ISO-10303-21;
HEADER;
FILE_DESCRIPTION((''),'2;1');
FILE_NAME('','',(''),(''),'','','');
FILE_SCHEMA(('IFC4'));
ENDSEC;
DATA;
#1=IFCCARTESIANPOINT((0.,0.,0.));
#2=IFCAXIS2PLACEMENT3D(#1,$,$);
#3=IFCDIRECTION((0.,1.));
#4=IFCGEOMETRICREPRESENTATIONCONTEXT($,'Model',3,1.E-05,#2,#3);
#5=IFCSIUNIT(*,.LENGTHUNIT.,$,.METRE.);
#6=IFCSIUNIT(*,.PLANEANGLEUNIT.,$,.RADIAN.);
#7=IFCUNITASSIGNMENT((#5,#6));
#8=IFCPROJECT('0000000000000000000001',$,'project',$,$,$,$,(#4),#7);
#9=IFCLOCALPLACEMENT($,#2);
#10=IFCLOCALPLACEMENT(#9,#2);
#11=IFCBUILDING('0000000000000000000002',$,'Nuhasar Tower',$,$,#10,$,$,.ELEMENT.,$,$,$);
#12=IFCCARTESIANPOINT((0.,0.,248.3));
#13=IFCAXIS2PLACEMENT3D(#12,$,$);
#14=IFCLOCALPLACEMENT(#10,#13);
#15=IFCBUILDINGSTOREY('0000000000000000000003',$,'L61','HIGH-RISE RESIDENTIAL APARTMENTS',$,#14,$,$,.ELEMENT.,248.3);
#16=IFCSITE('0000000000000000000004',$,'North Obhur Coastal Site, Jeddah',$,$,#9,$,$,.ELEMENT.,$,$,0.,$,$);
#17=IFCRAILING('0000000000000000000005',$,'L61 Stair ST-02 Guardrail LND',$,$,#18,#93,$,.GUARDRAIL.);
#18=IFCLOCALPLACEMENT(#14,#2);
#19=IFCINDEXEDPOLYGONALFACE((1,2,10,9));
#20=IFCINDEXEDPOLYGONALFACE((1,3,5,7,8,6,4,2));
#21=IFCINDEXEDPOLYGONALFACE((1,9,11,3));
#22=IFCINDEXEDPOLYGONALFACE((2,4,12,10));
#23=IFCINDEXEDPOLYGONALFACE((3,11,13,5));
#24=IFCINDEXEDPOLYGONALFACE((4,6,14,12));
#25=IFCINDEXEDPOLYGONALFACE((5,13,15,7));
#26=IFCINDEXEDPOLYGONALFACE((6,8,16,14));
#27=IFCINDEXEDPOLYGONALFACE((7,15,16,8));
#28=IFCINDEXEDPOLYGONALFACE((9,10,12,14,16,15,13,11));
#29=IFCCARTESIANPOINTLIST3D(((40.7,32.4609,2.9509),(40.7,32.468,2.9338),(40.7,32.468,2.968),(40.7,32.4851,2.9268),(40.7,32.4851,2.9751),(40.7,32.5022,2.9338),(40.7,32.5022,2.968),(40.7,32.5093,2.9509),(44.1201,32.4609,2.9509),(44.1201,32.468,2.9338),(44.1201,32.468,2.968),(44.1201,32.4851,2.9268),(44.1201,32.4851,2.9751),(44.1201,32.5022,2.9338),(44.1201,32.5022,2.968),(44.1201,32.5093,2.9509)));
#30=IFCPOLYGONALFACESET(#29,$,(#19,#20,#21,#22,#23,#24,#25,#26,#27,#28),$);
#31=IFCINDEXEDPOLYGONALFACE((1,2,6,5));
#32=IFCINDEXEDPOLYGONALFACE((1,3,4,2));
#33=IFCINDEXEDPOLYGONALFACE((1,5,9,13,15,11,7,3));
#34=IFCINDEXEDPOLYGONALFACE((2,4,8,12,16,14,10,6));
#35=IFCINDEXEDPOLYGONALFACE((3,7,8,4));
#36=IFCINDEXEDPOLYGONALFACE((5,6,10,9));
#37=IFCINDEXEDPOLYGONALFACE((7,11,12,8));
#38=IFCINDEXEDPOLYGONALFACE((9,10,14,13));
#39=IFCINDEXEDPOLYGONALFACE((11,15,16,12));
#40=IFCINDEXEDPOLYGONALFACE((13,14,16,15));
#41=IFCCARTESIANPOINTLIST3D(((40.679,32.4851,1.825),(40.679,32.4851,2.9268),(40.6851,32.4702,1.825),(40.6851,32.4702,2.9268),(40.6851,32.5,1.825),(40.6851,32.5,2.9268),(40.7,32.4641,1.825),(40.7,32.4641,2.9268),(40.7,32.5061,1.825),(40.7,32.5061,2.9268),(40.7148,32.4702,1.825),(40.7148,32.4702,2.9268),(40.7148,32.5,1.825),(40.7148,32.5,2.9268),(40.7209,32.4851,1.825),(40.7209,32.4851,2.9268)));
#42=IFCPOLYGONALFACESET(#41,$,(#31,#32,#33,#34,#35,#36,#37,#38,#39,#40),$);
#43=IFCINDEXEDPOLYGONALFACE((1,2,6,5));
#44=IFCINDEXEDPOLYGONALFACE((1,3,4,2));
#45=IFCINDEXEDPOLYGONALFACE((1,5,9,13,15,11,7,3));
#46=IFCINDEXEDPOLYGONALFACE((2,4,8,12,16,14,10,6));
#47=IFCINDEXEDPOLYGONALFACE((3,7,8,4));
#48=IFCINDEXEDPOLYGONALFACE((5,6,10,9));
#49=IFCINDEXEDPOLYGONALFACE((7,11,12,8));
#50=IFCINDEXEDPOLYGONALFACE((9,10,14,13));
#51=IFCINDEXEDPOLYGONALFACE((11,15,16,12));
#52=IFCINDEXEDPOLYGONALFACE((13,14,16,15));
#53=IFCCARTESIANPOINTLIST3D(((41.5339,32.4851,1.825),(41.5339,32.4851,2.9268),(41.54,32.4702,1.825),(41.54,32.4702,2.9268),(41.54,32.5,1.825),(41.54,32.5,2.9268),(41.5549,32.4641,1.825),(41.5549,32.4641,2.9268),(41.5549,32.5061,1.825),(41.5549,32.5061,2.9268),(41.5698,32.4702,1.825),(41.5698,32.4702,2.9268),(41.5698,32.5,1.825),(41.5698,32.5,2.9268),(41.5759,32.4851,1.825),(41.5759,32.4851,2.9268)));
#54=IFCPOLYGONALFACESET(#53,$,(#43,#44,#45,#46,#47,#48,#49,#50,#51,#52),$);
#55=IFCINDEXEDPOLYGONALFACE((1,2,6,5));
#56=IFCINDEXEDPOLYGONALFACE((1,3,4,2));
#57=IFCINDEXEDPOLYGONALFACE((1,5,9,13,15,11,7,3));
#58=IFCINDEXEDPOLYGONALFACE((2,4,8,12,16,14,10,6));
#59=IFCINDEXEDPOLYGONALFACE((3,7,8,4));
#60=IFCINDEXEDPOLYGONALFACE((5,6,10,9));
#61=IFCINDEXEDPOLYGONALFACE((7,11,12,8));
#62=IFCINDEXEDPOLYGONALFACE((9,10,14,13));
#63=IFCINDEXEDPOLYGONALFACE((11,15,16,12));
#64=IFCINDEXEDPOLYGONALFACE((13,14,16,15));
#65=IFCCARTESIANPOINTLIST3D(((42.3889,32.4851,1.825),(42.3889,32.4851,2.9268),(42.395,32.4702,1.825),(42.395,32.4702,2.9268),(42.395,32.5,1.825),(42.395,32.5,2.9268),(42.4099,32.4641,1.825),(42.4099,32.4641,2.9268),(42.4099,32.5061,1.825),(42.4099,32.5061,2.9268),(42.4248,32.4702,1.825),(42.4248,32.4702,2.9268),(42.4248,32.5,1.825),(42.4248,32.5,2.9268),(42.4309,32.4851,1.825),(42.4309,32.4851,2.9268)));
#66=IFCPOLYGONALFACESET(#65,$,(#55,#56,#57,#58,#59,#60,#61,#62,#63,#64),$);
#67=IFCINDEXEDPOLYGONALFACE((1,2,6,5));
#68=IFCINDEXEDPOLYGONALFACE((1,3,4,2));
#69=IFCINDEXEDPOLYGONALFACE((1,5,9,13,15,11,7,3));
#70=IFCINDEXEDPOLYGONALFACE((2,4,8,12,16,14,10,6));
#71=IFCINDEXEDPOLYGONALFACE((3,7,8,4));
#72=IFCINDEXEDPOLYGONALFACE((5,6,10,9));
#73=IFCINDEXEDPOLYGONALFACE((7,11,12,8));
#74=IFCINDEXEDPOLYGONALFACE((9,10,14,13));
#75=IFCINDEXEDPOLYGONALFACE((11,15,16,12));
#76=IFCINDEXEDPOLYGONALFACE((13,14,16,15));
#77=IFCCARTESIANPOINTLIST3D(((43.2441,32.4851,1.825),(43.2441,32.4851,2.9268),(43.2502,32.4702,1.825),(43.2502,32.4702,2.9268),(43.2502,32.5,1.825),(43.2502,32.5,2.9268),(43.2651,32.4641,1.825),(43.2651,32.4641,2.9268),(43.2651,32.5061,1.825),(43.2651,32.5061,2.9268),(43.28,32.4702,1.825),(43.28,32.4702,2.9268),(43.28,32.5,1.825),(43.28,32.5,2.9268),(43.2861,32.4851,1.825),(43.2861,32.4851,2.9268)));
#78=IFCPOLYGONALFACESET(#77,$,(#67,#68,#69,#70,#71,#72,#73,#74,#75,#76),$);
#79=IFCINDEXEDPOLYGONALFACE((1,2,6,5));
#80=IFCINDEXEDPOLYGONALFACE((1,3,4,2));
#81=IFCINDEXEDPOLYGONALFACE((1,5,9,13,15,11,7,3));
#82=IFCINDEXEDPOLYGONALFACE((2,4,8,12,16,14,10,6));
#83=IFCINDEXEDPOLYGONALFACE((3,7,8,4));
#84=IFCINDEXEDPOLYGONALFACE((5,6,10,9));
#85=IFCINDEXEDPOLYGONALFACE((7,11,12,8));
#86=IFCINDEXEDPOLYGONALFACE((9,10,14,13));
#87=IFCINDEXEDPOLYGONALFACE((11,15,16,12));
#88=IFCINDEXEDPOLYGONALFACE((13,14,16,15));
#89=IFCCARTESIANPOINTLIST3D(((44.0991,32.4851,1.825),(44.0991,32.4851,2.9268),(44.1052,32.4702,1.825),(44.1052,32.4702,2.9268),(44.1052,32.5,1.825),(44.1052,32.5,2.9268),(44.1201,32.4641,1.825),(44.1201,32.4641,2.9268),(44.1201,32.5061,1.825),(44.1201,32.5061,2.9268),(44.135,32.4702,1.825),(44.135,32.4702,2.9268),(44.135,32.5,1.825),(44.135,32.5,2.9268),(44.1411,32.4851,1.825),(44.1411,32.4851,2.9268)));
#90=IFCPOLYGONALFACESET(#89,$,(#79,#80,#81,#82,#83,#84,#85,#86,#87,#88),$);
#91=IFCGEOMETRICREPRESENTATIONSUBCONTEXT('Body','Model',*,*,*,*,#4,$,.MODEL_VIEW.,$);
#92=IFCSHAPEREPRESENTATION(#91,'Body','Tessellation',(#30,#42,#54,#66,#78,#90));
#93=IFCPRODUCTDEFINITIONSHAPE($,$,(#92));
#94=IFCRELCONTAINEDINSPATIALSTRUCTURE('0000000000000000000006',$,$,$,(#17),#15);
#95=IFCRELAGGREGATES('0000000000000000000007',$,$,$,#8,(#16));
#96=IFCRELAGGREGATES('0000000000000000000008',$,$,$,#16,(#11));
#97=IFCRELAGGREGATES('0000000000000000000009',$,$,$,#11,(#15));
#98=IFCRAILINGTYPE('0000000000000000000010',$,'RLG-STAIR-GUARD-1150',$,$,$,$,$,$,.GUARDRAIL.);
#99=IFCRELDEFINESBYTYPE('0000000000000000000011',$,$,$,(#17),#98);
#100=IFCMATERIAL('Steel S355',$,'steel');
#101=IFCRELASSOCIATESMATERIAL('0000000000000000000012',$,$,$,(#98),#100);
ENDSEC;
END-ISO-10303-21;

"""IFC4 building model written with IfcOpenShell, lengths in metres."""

from ifc_helpers import new_model, si_unit, direction, frame, origin, place, context, subcontext, project, spatial, polyline, outline, extrude, material, type_object, element, save


model = new_model("IFC4")

# Units and contexts
model_context = context("Model", 3, precision=1e-05, world=origin(), true_north=direction((0.0, 1.0)))
body_context = subcontext(model_context, "Body", "Model", "MODEL_VIEW")
ifc_project = project(units=[si_unit("LENGTHUNIT", "METRE"), si_unit("PLANEANGLEUNIT", "RADIAN")], contexts=[model_context])

# Site, building, storey
site_placement = place(None, origin())
site = spatial("IfcSite", under=ifc_project, at=site_placement, Name="North Obhur Coastal Site, Jeddah", CompositionType="ELEMENT", RefElevation=0.0)
building_placement = place(site_placement, origin())
building = spatial("IfcBuilding", under=site, at=building_placement, Name="Nuhasar Tower", CompositionType="ELEMENT")
storey_placement = place(building_placement, frame((0.0, 0.0, 248.3)))
storey = spatial("IfcBuildingStorey", under=building, at=storey_placement, Name="L61", Description="HIGH-RISE RESIDENTIAL APARTMENTS", CompositionType="ELEMENT", Elevation=248.3)

# Shared definitions
ifc_material_1 = material(Name="Steel S355", Category="steel")

# Railing
railing_type_1 = type_object("IfcRailingType", Name="RLG-STAIR-GUARD-1150", PredefinedType="GUARDRAIL", material=ifc_material_1)
railing_1_placement = place(storey_placement, frame((40.7, 32.4851, 1.825)))
element("IfcRailing", 1, at=railing_1_placement, inside=storey, type_object=railing_type_1, Name="L61 Stair ST-02 Guardrail LND", PredefinedType="GUARDRAIL", context=body_context, shape_type="SweptSolid", body=[
    extrude(outline(polyline([(0.0242, 0.0), (0.0171, 0.0171), (0.0, 0.0242), (-0.0171, 0.0171), (-0.0242, 0.0), (-0.0171, -0.0171), (0.0, -0.0242), (0.0171, -0.0171), (0.0242, 0.0)])), frame((0.0, 0.0, 1.126), z_axis=(1.0, 0.0, 0.0), x_axis=(0.0, 1.0, 0.0)), (0.0, 0.0, 1.0), 3.4202),
    extrude(outline(polyline([(0.021, 0.0), (0.0149, 0.0149), (0.0, 0.021), (-0.0149, 0.0149), (-0.021, 0.0), (-0.0149, -0.0149), (0.0, -0.021), (0.0149, -0.0149), (0.021, 0.0)])), origin(), (0.0, 0.0, 1.0), 1.1018),
    extrude(outline(polyline([(0.021, 0.0), (0.0149, 0.0149), (0.0, 0.021), (-0.0149, 0.0149), (-0.021, 0.0), (-0.0149, -0.0149), (0.0, -0.021), (0.0149, -0.0149), (0.021, 0.0)])), frame((0.855, 0.0, 0.0)), (0.0, 0.0, 1.0), 1.1018),
    extrude(outline(polyline([(0.021, 0.0), (0.0149, 0.0149), (0.0, 0.021), (-0.0149, 0.0149), (-0.021, 0.0), (-0.0149, -0.0149), (0.0, -0.021), (0.0149, -0.0149), (0.021, 0.0)])), frame((1.71, 0.0, 0.0)), (0.0, 0.0, 1.0), 1.1018),
    extrude(outline(polyline([(0.021, 0.0), (0.0149, 0.0149), (0.0, 0.021), (-0.0149, 0.0149), (-0.021, 0.0), (-0.0149, -0.0149), (0.0, -0.021), (0.0149, -0.0149), (0.021, 0.0)])), frame((2.5652, 0.0, 0.0)), (0.0, 0.0, 1.0), 1.1018),
    extrude(outline(polyline([(0.021, 0.0), (0.0149, 0.0149), (0.0, 0.021), (-0.0149, 0.0149), (-0.021, 0.0), (-0.0149, -0.0149), (0.0, -0.021), (0.0149, -0.0149), (0.021, 0.0)])), frame((3.4202, 0.0, 0.0)), (0.0, 0.0, 1.0), 1.1018),
])

save(model, "model.ifc")
